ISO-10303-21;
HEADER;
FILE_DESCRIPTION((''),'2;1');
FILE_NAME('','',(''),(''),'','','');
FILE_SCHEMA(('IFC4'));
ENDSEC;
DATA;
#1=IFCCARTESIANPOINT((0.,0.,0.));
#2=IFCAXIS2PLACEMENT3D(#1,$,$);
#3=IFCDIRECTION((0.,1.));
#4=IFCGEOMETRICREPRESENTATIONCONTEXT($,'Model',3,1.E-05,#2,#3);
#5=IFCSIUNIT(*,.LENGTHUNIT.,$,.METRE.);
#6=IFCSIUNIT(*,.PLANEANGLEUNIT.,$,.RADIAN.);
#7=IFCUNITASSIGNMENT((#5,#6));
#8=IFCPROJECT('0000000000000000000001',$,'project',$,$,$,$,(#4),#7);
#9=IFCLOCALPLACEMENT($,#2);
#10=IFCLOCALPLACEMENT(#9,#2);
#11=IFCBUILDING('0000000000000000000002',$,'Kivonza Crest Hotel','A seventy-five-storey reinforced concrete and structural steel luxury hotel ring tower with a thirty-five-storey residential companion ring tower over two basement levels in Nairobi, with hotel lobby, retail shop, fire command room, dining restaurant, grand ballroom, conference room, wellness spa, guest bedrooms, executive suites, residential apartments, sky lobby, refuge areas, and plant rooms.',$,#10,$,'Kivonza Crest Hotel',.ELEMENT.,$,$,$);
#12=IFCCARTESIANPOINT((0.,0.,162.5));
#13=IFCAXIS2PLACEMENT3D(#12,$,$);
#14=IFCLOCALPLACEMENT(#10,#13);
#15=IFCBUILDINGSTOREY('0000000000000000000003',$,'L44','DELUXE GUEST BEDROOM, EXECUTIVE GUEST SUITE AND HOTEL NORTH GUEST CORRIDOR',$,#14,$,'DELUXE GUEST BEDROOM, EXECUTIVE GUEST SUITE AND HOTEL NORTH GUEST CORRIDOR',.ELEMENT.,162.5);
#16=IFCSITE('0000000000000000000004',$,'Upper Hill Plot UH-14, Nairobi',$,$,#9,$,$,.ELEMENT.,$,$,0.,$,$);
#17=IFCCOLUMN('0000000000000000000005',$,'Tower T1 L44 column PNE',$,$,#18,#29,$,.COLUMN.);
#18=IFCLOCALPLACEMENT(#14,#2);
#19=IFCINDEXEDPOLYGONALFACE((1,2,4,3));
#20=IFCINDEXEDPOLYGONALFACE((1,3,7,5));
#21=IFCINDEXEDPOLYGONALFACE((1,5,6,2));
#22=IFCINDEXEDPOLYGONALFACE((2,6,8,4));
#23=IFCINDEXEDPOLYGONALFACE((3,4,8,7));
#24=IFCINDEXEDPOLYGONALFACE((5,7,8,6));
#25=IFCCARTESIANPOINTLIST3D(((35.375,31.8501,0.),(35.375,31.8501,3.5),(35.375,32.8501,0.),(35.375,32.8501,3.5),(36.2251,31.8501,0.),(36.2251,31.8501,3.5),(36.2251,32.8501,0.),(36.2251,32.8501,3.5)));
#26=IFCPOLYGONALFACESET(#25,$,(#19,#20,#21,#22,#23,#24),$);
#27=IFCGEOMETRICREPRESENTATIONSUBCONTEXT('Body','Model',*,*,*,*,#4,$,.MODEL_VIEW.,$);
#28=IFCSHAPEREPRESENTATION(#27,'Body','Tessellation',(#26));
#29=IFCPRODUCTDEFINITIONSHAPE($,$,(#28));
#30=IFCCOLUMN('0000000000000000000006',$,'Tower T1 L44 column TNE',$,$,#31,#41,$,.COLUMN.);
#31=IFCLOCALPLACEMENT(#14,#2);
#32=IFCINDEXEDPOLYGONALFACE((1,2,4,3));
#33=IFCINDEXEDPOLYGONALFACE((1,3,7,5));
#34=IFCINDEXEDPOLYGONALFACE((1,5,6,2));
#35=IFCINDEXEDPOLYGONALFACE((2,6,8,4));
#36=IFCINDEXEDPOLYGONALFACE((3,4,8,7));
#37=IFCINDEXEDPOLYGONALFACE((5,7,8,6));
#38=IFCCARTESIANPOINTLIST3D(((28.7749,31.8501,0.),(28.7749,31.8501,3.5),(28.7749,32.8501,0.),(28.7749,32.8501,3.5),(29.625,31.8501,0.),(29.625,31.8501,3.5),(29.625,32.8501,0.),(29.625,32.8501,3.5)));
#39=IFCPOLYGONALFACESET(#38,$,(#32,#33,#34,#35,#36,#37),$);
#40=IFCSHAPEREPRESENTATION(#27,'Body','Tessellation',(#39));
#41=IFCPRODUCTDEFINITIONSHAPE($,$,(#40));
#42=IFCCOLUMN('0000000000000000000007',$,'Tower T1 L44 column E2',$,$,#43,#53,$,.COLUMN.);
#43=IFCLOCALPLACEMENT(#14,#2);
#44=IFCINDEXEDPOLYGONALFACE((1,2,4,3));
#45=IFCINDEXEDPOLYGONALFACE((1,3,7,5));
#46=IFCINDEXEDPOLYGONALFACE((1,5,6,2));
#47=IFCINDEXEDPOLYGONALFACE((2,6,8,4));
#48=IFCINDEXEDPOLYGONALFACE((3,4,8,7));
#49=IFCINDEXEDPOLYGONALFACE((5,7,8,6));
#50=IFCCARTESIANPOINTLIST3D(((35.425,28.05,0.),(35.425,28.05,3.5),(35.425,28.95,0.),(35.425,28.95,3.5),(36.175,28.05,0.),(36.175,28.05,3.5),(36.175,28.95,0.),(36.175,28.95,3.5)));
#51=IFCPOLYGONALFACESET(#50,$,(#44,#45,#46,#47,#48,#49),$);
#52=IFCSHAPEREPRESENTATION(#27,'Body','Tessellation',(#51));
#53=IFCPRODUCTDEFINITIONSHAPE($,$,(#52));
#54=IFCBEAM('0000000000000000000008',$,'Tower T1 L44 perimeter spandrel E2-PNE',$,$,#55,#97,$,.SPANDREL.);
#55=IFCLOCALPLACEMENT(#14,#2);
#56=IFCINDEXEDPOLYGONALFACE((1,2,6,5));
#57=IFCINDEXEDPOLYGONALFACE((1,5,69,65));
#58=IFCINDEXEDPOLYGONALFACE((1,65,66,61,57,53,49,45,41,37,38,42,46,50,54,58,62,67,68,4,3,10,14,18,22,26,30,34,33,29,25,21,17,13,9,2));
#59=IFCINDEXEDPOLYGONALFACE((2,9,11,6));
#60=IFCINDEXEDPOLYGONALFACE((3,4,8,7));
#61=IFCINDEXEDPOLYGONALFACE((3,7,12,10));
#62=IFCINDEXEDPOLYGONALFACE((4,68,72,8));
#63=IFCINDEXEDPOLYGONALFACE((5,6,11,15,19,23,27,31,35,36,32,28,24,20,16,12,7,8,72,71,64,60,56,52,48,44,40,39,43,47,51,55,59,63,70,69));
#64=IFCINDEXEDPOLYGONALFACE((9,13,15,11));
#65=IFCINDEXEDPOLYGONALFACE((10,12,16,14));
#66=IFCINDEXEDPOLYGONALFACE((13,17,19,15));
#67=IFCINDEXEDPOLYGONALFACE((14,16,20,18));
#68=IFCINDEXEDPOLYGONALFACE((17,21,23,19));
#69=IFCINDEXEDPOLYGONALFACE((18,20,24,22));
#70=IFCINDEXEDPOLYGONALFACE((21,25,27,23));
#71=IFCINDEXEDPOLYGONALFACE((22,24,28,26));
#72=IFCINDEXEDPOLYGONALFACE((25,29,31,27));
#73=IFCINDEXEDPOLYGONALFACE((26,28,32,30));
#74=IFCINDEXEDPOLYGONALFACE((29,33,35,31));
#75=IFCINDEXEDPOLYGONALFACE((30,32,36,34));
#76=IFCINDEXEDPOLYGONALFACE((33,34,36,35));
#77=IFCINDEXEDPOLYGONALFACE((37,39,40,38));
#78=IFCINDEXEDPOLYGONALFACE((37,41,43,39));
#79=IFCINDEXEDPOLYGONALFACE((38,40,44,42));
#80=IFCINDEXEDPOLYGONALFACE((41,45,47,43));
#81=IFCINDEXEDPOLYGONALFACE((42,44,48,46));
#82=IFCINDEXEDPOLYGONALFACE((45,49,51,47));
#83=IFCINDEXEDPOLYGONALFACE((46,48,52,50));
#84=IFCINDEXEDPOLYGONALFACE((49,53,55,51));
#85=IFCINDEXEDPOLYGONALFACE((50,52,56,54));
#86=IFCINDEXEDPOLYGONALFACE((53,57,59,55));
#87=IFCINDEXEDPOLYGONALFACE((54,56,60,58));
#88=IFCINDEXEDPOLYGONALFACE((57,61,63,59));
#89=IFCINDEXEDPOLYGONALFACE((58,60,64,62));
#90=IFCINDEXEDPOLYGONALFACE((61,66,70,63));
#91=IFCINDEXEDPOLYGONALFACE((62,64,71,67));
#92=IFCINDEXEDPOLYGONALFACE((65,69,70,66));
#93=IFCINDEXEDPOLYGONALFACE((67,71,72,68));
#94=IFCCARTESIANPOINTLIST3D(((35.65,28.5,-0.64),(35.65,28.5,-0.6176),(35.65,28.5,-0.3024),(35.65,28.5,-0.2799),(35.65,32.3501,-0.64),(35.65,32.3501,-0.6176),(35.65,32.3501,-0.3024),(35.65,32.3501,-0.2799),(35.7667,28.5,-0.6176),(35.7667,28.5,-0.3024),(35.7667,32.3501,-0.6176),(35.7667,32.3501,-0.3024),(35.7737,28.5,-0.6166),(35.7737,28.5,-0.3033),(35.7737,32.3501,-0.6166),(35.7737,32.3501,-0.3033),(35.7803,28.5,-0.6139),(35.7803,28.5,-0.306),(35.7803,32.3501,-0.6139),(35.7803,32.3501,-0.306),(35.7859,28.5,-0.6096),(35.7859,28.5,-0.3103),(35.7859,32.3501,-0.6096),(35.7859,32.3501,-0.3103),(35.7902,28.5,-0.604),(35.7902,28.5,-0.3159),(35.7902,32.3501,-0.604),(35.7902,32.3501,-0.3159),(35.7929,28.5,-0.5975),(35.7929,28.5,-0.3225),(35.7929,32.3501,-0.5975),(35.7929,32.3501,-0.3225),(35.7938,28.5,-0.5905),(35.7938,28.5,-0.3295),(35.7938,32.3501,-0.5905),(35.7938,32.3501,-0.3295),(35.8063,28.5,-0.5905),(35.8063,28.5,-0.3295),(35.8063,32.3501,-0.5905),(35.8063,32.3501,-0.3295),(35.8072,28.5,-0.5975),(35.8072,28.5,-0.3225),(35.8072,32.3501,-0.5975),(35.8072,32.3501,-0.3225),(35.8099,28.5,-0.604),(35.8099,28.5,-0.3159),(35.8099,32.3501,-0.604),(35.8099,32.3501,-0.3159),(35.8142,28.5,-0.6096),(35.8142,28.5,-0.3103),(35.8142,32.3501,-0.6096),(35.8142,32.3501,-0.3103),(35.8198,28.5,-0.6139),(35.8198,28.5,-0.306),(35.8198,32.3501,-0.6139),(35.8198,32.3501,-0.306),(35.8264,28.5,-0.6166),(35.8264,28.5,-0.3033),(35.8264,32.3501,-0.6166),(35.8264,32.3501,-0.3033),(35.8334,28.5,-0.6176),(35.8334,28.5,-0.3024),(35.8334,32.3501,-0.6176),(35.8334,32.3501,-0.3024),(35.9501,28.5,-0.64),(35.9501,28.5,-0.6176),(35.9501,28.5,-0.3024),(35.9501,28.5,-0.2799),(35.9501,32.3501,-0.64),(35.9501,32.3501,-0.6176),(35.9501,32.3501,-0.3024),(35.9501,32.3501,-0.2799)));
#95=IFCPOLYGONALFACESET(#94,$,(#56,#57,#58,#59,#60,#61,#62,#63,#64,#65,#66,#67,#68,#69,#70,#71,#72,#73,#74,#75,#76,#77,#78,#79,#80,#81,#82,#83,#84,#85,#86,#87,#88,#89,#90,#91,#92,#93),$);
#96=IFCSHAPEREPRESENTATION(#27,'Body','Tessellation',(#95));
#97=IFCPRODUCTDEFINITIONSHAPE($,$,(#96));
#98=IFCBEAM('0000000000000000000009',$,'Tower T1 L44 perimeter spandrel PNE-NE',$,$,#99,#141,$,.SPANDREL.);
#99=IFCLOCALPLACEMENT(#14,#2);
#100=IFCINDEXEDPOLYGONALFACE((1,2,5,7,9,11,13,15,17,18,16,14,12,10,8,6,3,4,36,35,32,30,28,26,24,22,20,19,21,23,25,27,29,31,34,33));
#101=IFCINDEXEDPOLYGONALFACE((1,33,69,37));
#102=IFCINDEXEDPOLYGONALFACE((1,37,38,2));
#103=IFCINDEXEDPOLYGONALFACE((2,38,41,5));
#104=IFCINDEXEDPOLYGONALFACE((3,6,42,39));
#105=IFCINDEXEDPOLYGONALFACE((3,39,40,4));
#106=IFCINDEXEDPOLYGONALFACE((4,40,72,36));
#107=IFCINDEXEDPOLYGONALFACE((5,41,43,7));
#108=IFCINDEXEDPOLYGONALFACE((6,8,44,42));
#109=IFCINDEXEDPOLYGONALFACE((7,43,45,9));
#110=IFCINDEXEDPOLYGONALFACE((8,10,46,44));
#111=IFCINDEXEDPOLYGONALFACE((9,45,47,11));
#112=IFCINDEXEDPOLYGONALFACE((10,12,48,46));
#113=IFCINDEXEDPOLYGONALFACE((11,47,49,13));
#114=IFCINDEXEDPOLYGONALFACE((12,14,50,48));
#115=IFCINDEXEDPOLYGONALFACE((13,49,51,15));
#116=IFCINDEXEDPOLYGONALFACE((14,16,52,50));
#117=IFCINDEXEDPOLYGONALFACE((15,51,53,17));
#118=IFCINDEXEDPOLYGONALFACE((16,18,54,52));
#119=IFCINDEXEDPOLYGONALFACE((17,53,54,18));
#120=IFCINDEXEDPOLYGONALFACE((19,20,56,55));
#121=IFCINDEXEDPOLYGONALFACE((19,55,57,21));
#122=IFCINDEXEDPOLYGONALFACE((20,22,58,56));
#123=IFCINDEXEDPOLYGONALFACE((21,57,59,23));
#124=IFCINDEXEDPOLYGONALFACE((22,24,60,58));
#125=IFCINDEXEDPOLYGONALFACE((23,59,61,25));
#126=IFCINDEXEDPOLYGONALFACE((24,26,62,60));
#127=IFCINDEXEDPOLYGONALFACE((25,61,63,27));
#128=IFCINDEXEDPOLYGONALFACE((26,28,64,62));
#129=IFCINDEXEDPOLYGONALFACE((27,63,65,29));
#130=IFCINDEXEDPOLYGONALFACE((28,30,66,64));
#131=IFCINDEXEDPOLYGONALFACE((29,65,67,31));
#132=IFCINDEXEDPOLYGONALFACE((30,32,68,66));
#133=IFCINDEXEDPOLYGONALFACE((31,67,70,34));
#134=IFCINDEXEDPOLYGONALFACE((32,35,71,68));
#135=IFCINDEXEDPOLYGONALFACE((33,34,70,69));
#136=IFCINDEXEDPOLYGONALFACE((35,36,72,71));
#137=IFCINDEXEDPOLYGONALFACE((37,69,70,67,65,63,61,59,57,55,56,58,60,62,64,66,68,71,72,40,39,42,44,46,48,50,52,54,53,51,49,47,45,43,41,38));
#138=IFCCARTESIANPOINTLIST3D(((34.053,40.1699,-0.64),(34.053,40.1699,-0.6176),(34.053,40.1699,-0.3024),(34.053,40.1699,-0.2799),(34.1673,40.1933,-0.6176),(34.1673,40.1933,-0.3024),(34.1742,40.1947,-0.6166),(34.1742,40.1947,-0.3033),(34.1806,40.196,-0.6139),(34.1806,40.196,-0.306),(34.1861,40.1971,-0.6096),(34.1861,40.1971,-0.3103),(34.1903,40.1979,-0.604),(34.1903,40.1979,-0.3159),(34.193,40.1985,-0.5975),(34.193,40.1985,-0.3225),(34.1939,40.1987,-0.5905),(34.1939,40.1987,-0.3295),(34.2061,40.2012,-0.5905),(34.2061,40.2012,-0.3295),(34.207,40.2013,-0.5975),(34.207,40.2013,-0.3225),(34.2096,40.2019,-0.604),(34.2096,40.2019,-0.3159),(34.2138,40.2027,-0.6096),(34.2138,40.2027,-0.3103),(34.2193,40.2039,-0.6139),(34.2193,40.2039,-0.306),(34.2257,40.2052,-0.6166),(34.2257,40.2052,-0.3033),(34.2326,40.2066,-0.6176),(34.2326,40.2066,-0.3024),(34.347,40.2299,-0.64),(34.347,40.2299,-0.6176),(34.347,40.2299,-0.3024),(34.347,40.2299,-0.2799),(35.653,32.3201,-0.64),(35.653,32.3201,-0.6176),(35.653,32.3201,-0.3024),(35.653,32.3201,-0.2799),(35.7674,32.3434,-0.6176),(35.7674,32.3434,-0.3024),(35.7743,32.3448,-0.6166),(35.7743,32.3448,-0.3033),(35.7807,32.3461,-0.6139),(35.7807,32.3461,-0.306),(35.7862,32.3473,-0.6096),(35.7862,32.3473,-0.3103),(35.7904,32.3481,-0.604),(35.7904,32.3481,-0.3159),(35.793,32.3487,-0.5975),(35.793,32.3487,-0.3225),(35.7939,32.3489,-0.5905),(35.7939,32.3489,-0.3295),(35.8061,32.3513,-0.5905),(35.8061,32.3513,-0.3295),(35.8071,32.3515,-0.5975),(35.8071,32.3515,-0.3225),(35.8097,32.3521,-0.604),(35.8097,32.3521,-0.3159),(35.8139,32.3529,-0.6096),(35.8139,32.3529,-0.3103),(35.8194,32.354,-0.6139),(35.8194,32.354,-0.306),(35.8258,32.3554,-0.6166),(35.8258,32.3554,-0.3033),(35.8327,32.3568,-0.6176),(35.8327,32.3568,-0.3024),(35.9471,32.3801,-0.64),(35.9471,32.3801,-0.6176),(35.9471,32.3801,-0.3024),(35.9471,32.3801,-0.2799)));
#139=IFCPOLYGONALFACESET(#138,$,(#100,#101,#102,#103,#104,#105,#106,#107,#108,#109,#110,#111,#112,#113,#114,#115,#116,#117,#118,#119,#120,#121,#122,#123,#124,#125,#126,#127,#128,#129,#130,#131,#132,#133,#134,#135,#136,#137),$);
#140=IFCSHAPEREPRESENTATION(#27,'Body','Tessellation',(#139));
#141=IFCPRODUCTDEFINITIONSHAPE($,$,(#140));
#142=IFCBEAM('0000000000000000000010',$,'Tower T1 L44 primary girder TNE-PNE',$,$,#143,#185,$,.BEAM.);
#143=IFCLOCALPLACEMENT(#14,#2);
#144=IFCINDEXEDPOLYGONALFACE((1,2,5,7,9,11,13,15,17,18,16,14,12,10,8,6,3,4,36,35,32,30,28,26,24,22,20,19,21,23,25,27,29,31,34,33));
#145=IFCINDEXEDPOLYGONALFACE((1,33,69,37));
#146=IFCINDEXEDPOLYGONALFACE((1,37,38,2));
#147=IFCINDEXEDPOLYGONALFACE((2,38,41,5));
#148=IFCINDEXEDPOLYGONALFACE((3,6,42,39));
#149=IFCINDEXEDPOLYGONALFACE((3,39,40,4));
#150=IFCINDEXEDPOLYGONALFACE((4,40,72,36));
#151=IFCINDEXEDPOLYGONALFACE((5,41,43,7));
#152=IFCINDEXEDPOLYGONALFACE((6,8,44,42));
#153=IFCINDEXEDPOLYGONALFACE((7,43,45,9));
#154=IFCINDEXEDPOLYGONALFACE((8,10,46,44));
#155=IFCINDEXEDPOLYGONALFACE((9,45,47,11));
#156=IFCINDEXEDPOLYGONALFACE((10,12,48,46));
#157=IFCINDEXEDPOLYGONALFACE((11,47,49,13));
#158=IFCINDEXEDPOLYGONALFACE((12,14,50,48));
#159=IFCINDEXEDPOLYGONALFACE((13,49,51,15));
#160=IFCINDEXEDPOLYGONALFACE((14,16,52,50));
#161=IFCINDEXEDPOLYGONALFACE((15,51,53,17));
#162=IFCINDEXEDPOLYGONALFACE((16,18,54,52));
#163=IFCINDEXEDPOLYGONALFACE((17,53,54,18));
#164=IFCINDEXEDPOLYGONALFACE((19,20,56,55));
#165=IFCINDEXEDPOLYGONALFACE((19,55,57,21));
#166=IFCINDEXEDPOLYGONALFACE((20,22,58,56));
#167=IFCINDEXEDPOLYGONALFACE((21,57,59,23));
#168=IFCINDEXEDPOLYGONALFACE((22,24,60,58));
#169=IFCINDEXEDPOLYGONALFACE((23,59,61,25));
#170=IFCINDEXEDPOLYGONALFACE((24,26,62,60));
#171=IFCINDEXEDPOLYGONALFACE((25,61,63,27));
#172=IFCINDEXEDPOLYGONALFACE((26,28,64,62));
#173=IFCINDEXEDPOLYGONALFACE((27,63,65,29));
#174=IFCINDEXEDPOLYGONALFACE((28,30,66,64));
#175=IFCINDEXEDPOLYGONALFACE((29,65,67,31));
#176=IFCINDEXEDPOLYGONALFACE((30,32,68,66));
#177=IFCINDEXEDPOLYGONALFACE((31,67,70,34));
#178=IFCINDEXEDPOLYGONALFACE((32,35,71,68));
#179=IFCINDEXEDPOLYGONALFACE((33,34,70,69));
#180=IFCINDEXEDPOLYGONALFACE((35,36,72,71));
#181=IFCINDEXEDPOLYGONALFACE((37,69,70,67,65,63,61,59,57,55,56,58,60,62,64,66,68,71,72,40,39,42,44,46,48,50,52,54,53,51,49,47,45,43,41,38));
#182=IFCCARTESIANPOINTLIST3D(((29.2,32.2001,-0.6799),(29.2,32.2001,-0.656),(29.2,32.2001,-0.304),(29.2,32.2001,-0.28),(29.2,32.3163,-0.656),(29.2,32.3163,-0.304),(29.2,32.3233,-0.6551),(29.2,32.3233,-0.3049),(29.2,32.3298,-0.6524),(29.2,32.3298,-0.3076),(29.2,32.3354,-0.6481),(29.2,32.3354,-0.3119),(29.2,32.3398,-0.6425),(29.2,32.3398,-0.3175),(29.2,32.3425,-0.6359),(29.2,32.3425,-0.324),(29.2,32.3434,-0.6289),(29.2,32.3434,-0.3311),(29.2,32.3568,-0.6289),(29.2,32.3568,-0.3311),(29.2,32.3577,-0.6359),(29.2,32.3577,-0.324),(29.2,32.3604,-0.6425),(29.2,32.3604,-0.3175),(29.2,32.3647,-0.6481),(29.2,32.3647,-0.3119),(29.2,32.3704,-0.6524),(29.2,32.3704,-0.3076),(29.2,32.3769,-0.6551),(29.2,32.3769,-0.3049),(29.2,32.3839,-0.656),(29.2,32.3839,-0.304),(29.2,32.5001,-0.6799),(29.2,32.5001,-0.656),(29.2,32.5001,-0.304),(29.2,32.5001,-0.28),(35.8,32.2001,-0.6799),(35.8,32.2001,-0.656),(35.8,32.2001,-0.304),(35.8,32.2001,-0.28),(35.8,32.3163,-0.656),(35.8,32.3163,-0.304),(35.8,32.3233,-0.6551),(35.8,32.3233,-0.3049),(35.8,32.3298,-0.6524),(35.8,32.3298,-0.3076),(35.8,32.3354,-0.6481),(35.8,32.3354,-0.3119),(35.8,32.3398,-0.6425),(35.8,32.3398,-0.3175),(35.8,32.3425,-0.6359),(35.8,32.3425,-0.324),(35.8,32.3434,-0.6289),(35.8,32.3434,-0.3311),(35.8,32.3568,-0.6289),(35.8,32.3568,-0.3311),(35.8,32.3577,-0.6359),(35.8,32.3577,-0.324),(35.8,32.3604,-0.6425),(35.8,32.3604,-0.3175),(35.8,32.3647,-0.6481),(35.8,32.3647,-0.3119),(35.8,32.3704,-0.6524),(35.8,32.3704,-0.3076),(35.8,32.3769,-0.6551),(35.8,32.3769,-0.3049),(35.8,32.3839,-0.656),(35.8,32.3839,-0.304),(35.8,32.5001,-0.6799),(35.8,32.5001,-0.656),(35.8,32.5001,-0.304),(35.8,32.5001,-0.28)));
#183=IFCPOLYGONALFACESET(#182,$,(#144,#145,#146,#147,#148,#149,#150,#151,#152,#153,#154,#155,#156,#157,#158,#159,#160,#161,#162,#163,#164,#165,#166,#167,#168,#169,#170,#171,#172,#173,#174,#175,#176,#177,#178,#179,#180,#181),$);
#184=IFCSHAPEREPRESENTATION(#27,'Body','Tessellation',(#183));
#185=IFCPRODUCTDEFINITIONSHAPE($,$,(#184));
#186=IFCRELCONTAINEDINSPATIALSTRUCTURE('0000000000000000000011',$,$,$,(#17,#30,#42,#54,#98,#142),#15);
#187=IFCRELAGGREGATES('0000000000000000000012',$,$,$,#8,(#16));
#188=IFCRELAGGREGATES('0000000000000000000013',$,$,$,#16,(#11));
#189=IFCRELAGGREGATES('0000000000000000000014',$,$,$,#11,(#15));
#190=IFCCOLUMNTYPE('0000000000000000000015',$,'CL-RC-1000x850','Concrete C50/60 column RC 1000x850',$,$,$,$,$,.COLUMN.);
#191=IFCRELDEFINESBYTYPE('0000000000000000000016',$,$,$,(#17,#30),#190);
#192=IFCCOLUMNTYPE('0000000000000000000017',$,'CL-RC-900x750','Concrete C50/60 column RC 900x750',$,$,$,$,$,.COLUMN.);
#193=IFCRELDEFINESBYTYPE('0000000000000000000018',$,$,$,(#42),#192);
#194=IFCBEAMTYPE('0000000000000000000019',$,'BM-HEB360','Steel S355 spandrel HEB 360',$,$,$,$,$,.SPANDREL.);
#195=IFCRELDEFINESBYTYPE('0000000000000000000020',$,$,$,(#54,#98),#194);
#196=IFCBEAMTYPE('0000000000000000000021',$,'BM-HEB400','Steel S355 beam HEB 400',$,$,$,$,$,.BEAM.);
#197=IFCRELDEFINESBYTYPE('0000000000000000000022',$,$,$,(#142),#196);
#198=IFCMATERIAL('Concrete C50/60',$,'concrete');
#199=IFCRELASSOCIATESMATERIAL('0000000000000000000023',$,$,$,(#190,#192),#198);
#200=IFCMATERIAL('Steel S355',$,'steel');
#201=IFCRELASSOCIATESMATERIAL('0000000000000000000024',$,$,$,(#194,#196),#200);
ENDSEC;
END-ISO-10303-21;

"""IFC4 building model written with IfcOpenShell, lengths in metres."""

from ifc_helpers import new_model, si_unit, direction, frame, origin, origin_2d, place, context, subcontext, project, spatial, rectangle, i_section, extrude, material, material_profile, profile_set, type_object, element, save


model = new_model("IFC4")

# Units and contexts
model_context = context("Model", 3, precision=1e-05, world=origin(), true_north=direction((0.0, 1.0)))
body_context = subcontext(model_context, "Body", "Model", "MODEL_VIEW")
ifc_project = project(units=[si_unit("LENGTHUNIT", "METRE"), si_unit("PLANEANGLEUNIT", "RADIAN")], contexts=[model_context])

# Site, building, storey
site_placement = place(None, origin())
site = spatial("IfcSite", under=ifc_project, at=site_placement, Name="Upper Hill Plot UH-14, Nairobi", CompositionType="ELEMENT", RefElevation=0.0)
building_placement = place(site_placement, origin())
building = spatial("IfcBuilding", under=site, at=building_placement, Name="Kivonza Crest Hotel", Description="A seventy-five-storey reinforced concrete and structural steel luxury hotel ring tower with a thirty-five-storey residential companion ring tower over two basement levels in Nairobi, with hotel lobby, retail shop, fire command room, dining restaurant, grand ballroom, conference room, wellness spa, guest bedrooms, executive suites, residential apartments, sky lobby, refuge areas, and plant rooms.", LongName="Kivonza Crest Hotel", CompositionType="ELEMENT")
storey_placement = place(building_placement, frame((0.0, 0.0, 162.5)))
storey = spatial("IfcBuildingStorey", under=building, at=storey_placement, Name="L44", Description="DELUXE GUEST BEDROOM, EXECUTIVE GUEST SUITE AND HOTEL NORTH GUEST CORRIDOR", LongName="DELUXE GUEST BEDROOM, EXECUTIVE GUEST SUITE AND HOTEL NORTH GUEST CORRIDOR", CompositionType="ELEMENT", Elevation=162.5)

# Columns
ifc_material_1 = material(Name="Concrete C50/60", Category="concrete")
ifc_material_profile_1 = material_profile(ifc_material_1, rectangle(XDim=0.8501, YDim=1.0, at=origin_2d()), Name="RC 1000x850")
ifc_profile_set_1 = profile_set([ifc_material_profile_1], Name="Concrete C50/60")
column_type_1 = type_object("IfcColumnType", Name="CL-RC-1000x850", Description="Concrete C50/60 column RC 1000x850", PredefinedType="COLUMN", material=ifc_profile_set_1)
for number, where, z_axis, x_axis, name in (
    (1, (35.8, 32.3501, 0.0), (0.0, 0.0, 1.0), (1.0, 0.0, 0.0), "Tower T1 L44 column PNE"),
    (2, (29.2, 32.3501, 0.0), (0.0, 0.0, 1.0), (1.0, 0.0, 0.0), "Tower T1 L44 column TNE"),
):
    element("IfcColumn", number, at=place(storey_placement, frame(where, z_axis=z_axis, x_axis=x_axis)), inside=storey, type_object=column_type_1, Name=name, PredefinedType="COLUMN", context=body_context, shape_type="SweptSolid", body=[
        extrude(rectangle(XDim=0.8501, YDim=1.0, at=origin_2d()), origin(), (0.0, 0.0, 1.0), 3.5),
    ])
ifc_material_profile_2 = material_profile(ifc_material_1, rectangle(XDim=0.75, YDim=0.8999, at=origin_2d()), Name="RC 900x750")
ifc_profile_set_2 = profile_set([ifc_material_profile_2], Name="Concrete C50/60")
column_type_2 = type_object("IfcColumnType", Name="CL-RC-900x750", Description="Concrete C50/60 column RC 900x750", PredefinedType="COLUMN", material=ifc_profile_set_2)
column_placement = place(storey_placement, frame((35.8, 28.5, 0.0), z_axis=(0.0, 0.0, 1.0), x_axis=(1.0, 0.0, 0.0)))
element("IfcColumn", 3, at=column_placement, inside=storey, type_object=column_type_2, Name="Tower T1 L44 column E2", PredefinedType="COLUMN", context=body_context, shape_type="SweptSolid", body=[
    extrude(rectangle(XDim=0.75, YDim=0.8999, at=origin_2d()), origin(), (0.0, 0.0, 1.0), 3.5),
])

# Beams
ifc_material_2 = material(Name="Steel S355", Category="steel")
ifc_material_profile_3 = material_profile(ifc_material_2, i_section(OverallWidth=0.3, OverallDepth=0.3601, WebThickness=0.0125, FlangeThickness=0.0225, FilletRadius=0.0271, at=origin_2d()), Name="HEB 360")
ifc_profile_set_3 = profile_set([ifc_material_profile_3], Name="Steel S355")
beam_type_1 = type_object("IfcBeamType", Name="BM-HEB360", Description="Steel S355 spandrel HEB 360", PredefinedType="SPANDREL", material=ifc_profile_set_3)
beam_1_placement = place(storey_placement, frame((35.8, 28.5, -0.46), z_axis=(0.0, 1.0, 0.0), x_axis=(-1.0, 0.0, 0.0)))
element("IfcBeam", 4, at=beam_1_placement, inside=storey, type_object=beam_type_1, Name="Tower T1 L44 perimeter spandrel E2-PNE", PredefinedType="SPANDREL", context=body_context, shape_type="SweptSolid", body=[
    extrude(i_section(OverallWidth=0.3, OverallDepth=0.3601, WebThickness=0.0125, FlangeThickness=0.0225, FilletRadius=0.0271, at=origin_2d()), origin(), (0.0, 0.0, 1.0), 3.8501),
])
beam_2_placement = place(storey_placement, frame((35.8, 32.3501, -0.46), z_axis=(-0.199731, 0.979851, 0.0), x_axis=(-0.979851, -0.199731, 0.0)))
element("IfcBeam", 5, at=beam_2_placement, inside=storey, type_object=beam_type_1, Name="Tower T1 L44 perimeter spandrel PNE-NE", PredefinedType="SPANDREL", context=body_context, shape_type="SweptSolid", body=[
    extrude(i_section(OverallWidth=0.3, OverallDepth=0.3601, WebThickness=0.0125, FlangeThickness=0.0225, FilletRadius=0.0271, at=origin_2d()), origin(), (0.0, 0.0, 1.0), 8.0112),
])
ifc_material_profile_4 = material_profile(ifc_material_2, i_section(OverallWidth=0.3, OverallDepth=0.3999, WebThickness=0.0134, FlangeThickness=0.0239, FilletRadius=0.0271, at=origin_2d()), Name="HEB 400")
ifc_profile_set_4 = profile_set([ifc_material_profile_4], Name="Steel S355")
beam_type_2 = type_object("IfcBeamType", Name="BM-HEB400", Description="Steel S355 beam HEB 400", PredefinedType="BEAM", material=ifc_profile_set_4)
beam_3_placement = place(storey_placement, frame((29.2, 32.3501, -0.48), z_axis=(1.0, 0.0, 0.0), x_axis=(0.0, 1.0, 0.0)))
element("IfcBeam", 6, at=beam_3_placement, inside=storey, type_object=beam_type_2, Name="Tower T1 L44 primary girder TNE-PNE", PredefinedType="BEAM", context=body_context, shape_type="SweptSolid", body=[
    extrude(i_section(OverallWidth=0.3, OverallDepth=0.3999, WebThickness=0.0134, FlangeThickness=0.0239, FilletRadius=0.0271, at=origin_2d()), origin(), (0.0, 0.0, 1.0), 6.6001),
])

save(model, "model.ifc")
